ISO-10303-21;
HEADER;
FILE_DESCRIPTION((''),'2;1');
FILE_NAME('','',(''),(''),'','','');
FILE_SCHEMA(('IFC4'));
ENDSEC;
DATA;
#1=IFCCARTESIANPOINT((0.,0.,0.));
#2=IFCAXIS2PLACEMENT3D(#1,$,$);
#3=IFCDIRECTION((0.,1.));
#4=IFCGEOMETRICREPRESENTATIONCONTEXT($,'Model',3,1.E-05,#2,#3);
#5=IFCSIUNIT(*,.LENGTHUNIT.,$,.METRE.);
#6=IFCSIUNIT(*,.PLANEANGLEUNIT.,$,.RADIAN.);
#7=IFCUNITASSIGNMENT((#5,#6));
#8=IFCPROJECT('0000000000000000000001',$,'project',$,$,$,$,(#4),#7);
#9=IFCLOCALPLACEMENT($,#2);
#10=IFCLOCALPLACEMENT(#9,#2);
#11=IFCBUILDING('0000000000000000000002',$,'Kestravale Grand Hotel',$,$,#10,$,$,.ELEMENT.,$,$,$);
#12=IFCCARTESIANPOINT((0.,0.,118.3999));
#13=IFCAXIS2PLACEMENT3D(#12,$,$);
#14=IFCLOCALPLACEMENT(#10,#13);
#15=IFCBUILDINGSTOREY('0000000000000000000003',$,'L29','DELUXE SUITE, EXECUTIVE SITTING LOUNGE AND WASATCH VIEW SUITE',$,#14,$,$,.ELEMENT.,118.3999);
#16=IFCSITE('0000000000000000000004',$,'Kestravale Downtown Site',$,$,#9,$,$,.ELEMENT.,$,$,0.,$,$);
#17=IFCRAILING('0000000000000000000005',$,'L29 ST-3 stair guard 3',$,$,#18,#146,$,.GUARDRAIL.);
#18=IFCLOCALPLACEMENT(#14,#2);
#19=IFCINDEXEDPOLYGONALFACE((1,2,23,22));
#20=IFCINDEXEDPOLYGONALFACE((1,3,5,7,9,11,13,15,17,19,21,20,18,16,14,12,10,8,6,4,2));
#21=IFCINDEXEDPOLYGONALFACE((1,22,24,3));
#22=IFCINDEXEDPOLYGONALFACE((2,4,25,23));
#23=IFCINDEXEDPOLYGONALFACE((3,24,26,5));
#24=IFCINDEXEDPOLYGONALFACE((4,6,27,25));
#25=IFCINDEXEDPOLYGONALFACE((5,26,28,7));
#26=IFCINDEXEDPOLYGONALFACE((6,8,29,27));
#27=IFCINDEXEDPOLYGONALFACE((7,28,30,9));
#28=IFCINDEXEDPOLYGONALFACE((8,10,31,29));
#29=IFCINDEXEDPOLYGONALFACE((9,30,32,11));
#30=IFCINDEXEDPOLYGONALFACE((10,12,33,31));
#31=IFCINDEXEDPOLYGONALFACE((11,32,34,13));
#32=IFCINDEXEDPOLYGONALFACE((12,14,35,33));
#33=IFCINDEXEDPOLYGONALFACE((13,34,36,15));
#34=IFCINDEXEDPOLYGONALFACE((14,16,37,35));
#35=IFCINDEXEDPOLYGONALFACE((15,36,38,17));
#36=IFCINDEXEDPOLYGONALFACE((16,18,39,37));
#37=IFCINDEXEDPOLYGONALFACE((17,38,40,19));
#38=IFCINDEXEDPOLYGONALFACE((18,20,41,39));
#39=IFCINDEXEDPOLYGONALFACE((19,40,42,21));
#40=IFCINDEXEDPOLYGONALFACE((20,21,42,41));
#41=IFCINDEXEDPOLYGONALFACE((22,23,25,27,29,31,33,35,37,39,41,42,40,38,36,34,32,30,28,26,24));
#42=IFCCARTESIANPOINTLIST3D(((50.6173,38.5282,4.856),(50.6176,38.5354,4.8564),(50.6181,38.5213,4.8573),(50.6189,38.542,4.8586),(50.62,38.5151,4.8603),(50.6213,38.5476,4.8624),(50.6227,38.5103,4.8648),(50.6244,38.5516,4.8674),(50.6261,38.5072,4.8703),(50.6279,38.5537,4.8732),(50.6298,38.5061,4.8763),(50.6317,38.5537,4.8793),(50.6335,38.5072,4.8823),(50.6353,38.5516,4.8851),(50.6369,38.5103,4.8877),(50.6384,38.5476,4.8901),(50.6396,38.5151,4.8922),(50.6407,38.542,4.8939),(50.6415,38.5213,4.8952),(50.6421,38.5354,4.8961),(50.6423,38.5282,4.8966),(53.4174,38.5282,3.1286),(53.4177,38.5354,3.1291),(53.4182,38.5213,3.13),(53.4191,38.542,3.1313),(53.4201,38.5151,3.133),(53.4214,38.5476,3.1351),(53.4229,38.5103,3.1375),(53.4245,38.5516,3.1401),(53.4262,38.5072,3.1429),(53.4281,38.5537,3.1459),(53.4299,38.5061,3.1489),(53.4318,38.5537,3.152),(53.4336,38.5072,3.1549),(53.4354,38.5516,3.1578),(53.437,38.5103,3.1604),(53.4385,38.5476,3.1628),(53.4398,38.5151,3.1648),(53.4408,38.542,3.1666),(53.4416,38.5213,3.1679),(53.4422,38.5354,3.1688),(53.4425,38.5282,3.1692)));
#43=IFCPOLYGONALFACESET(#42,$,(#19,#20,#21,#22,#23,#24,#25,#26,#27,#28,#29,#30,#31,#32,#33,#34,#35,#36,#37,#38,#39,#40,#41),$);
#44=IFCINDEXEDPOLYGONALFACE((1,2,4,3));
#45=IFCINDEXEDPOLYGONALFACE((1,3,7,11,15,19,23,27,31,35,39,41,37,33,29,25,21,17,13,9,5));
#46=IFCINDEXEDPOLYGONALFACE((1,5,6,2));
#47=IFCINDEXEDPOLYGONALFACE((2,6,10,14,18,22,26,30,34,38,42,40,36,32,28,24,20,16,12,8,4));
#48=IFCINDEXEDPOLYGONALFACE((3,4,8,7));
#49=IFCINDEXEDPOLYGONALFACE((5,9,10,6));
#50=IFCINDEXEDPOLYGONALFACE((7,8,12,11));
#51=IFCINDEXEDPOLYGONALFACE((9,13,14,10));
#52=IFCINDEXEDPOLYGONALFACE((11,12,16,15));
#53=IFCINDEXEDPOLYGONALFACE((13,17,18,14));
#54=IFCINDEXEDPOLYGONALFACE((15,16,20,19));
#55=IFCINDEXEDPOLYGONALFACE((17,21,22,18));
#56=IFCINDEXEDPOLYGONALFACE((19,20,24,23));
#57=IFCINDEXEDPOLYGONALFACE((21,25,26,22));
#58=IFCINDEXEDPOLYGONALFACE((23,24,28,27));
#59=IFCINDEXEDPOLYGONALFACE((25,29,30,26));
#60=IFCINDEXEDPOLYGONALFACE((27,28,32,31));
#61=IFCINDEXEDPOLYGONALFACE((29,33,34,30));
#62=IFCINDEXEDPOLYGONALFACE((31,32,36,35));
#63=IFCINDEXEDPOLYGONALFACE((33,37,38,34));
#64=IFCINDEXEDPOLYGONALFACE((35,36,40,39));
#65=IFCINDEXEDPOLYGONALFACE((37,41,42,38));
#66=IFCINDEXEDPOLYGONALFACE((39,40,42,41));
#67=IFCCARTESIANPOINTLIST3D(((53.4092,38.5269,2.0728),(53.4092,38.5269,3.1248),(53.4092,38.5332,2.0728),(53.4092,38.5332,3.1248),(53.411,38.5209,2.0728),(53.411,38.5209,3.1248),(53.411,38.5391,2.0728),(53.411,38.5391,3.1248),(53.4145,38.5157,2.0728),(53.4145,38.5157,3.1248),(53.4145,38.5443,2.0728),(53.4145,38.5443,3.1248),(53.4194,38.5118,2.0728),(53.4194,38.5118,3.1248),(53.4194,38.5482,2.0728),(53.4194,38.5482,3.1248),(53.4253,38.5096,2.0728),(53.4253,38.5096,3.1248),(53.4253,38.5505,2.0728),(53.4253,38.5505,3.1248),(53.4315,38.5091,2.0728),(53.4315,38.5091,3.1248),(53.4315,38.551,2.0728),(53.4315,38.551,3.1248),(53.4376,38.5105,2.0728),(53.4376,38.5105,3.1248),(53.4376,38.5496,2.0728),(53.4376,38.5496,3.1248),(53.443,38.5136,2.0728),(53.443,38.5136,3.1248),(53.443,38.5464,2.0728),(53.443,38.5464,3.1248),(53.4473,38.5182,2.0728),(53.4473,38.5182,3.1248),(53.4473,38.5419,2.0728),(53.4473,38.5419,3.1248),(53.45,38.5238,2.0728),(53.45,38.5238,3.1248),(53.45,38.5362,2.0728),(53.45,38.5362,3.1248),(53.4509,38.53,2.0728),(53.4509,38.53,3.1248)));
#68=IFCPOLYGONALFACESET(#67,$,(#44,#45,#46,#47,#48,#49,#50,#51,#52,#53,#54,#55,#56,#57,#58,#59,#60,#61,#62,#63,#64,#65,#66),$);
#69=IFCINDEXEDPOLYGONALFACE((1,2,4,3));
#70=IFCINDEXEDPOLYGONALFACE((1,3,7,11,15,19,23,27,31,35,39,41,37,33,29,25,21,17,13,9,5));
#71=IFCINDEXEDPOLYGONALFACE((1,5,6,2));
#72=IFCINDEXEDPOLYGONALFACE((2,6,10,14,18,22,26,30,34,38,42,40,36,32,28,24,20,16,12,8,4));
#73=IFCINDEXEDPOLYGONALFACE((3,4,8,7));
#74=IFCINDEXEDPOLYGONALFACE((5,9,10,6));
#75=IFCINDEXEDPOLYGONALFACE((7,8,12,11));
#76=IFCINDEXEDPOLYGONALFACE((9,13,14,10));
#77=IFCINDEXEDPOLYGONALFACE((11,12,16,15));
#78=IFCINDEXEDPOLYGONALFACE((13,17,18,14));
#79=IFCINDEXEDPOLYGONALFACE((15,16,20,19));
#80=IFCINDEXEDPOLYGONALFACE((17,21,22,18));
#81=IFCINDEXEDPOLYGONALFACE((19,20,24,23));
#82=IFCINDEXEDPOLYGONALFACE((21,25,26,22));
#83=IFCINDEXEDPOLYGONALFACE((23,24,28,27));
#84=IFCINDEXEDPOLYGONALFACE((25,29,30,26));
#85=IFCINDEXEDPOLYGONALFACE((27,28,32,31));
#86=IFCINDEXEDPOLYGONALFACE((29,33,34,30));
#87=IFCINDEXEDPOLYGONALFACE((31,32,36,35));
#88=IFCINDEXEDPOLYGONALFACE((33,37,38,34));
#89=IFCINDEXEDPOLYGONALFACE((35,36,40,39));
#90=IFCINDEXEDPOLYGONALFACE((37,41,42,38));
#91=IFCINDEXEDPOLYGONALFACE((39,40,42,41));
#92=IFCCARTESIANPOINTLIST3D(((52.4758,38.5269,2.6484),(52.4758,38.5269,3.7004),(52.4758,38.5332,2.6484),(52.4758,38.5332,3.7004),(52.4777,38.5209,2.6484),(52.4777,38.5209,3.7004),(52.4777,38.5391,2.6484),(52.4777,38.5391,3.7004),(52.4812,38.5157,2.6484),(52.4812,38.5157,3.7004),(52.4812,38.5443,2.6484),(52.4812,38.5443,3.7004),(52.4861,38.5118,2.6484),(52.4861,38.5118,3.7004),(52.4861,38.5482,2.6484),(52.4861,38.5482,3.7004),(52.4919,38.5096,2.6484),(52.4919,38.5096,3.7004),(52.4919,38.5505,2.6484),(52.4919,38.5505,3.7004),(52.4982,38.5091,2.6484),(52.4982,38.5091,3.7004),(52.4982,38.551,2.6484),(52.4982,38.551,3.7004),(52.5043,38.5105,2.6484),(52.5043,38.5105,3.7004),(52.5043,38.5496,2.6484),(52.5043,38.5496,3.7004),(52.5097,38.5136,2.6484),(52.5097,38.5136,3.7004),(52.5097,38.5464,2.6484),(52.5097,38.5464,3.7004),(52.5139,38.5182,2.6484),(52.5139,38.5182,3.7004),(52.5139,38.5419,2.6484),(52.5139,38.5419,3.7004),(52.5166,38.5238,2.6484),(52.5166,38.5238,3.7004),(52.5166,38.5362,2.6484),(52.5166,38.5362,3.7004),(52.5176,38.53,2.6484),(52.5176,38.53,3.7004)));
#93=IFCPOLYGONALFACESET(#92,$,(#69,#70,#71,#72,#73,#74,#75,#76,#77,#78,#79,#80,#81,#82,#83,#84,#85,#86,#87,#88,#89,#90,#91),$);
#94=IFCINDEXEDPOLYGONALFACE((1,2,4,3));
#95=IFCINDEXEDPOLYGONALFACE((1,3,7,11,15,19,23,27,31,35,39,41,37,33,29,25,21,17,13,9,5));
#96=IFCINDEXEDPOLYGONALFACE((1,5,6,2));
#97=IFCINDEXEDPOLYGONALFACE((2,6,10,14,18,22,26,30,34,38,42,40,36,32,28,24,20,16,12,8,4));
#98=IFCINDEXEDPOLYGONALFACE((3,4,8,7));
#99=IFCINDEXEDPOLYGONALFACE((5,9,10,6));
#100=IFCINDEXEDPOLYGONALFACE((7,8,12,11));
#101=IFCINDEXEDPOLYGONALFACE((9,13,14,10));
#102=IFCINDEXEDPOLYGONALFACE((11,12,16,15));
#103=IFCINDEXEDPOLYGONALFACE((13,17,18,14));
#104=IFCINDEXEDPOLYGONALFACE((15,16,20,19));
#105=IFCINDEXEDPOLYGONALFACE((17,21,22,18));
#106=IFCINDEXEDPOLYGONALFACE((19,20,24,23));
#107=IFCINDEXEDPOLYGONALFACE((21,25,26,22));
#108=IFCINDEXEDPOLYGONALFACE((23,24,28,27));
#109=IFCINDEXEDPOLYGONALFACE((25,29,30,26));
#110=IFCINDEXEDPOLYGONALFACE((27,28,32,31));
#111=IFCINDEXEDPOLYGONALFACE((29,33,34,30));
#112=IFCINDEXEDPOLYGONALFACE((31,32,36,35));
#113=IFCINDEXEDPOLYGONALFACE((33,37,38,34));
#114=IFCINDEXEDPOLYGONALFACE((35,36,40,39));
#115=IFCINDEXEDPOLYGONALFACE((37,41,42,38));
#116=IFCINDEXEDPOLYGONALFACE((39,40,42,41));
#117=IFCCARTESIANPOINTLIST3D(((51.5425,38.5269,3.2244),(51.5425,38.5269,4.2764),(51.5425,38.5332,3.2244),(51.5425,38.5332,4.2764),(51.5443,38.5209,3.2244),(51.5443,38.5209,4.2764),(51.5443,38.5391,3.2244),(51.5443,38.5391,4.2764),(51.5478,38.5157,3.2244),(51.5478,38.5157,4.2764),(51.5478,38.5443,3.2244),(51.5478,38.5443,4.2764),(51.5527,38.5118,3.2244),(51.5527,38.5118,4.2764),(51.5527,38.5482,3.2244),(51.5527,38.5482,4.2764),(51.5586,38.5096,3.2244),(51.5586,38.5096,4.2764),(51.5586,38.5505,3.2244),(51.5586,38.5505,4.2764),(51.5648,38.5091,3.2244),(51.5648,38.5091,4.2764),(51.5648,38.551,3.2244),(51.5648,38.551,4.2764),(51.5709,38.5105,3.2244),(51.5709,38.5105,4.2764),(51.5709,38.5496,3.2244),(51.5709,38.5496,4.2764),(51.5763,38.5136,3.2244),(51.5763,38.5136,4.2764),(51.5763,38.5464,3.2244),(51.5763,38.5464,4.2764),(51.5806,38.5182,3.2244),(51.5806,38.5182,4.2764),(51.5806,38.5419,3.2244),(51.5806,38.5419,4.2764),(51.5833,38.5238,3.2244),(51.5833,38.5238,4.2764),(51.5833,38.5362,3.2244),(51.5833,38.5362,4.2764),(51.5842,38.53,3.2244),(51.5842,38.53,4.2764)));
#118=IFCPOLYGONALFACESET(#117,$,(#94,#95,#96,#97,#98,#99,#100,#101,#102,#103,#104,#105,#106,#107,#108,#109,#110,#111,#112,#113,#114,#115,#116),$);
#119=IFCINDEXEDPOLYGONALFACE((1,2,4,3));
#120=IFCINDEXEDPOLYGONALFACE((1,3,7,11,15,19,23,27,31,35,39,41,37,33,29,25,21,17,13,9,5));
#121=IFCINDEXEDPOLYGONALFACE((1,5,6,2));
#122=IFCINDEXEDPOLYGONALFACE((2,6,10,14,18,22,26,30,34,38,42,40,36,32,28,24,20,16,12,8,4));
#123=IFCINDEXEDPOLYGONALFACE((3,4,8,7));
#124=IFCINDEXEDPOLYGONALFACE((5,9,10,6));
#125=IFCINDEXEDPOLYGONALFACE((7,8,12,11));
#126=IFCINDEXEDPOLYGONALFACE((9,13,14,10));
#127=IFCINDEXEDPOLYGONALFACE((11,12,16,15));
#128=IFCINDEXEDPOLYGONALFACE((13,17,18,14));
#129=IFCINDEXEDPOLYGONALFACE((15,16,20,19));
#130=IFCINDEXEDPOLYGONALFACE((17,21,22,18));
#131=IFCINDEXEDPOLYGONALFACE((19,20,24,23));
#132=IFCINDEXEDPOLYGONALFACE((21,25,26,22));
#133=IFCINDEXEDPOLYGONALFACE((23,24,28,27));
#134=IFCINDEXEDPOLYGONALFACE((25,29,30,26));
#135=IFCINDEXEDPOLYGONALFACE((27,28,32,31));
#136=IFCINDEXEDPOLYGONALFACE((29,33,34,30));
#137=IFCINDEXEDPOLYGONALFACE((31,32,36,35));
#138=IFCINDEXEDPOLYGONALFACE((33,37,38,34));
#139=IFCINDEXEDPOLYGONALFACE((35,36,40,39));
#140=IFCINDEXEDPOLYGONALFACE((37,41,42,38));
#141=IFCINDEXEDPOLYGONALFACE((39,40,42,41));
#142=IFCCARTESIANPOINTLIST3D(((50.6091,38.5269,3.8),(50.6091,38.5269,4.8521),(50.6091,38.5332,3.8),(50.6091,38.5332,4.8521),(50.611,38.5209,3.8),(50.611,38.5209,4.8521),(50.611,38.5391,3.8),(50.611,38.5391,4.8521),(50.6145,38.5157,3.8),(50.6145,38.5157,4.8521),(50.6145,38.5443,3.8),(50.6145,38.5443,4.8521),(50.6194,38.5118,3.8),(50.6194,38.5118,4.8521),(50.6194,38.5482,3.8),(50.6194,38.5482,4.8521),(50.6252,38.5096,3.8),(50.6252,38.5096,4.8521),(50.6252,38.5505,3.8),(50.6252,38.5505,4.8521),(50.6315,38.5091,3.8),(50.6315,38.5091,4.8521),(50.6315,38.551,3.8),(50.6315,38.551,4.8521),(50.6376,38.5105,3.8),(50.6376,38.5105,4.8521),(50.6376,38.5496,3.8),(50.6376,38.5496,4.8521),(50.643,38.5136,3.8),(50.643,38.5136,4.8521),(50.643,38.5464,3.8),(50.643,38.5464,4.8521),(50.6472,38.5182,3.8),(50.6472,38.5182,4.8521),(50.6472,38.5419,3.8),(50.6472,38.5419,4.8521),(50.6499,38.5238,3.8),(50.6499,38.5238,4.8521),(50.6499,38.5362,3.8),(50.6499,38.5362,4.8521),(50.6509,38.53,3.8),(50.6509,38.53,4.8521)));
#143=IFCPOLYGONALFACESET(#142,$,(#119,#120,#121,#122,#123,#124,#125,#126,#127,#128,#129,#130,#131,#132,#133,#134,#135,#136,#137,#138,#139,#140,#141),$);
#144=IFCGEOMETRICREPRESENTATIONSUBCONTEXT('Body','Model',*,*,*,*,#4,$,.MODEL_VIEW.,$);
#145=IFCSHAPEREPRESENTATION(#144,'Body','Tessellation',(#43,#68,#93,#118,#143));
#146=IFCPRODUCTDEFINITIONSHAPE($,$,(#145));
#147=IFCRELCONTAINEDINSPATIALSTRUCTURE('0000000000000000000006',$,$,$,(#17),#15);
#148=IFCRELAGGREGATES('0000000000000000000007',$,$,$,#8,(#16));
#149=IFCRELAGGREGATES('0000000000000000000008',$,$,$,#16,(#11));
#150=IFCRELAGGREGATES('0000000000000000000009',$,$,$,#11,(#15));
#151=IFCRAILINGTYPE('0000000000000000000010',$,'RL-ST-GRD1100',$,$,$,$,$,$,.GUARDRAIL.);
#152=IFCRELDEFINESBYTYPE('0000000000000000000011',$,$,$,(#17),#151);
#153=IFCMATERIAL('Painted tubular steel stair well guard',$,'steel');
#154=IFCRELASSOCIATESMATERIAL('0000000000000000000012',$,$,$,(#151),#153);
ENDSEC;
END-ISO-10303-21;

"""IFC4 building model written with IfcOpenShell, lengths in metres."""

from ifc_helpers import new_model, si_unit, direction, frame, origin, origin_2d, place, context, subcontext, project, spatial, circle, extrude, material, type_object, element, save


model = new_model("IFC4")

# Units and contexts
model_context = context("Model", 3, precision=1e-05, world=origin(), true_north=direction((0.0, 1.0)))
body_context = subcontext(model_context, "Body", "Model", "MODEL_VIEW")
ifc_project = project(units=[si_unit("LENGTHUNIT", "METRE"), si_unit("PLANEANGLEUNIT", "RADIAN")], contexts=[model_context])

# Site, building, storey
site_placement = place(None, origin())
site = spatial("IfcSite", under=ifc_project, at=site_placement, Name="Kestravale Downtown Site", CompositionType="ELEMENT", RefElevation=0.0)
building_placement = place(site_placement, origin())
building = spatial("IfcBuilding", under=site, at=building_placement, Name="Kestravale Grand Hotel", CompositionType="ELEMENT")
storey_placement = place(building_placement, frame((0.0, 0.0, 118.3999)))
storey = spatial("IfcBuildingStorey", under=building, at=storey_placement, Name="L29", Description="DELUXE SUITE, EXECUTIVE SITTING LOUNGE AND WASATCH VIEW SUITE", CompositionType="ELEMENT", Elevation=118.3999)

# Railing
ifc_material_1 = material(Name="Painted tubular steel stair well guard", Category="steel")
railing_type_1 = type_object("IfcRailingType", Name="RL-ST-GRD1100", PredefinedType="GUARDRAIL", material=ifc_material_1)
railing_1_placement = place(storey_placement, frame((53.4299, 38.53, 2.0728)))
element("IfcRailing", 1, at=railing_1_placement, inside=storey, type_object=railing_type_1, Name="L29 ST-3 stair guard 3", PredefinedType="GUARDRAIL", context=body_context, shape_type="SweptSolid", body=[
    extrude(circle(Radius=0.0239, at=origin_2d()), frame((0.0, 0.0, 1.0762), z_axis=(-0.85109, 0.0, 0.52502), x_axis=(0.0, -1.0, 0.0)), (0.0, 0.0, 1.0), 3.29),
    extrude(circle(Radius=0.021, at=origin_2d()), origin(), (0.0, 0.0, 1.0), 1.052),
    extrude(circle(Radius=0.021, at=origin_2d()), frame((-0.9333, 0.0, 0.5757)), (0.0, 0.0, 1.0), 1.052),
    extrude(circle(Radius=0.021, at=origin_2d()), frame((-1.8667, 0.0, 1.1516)), (0.0, 0.0, 1.0), 1.052),
    extrude(circle(Radius=0.021, at=origin_2d()), frame((-2.8, 0.0, 1.7273)), (0.0, 0.0, 1.0), 1.052),
])

save(model, "model.ifc")
